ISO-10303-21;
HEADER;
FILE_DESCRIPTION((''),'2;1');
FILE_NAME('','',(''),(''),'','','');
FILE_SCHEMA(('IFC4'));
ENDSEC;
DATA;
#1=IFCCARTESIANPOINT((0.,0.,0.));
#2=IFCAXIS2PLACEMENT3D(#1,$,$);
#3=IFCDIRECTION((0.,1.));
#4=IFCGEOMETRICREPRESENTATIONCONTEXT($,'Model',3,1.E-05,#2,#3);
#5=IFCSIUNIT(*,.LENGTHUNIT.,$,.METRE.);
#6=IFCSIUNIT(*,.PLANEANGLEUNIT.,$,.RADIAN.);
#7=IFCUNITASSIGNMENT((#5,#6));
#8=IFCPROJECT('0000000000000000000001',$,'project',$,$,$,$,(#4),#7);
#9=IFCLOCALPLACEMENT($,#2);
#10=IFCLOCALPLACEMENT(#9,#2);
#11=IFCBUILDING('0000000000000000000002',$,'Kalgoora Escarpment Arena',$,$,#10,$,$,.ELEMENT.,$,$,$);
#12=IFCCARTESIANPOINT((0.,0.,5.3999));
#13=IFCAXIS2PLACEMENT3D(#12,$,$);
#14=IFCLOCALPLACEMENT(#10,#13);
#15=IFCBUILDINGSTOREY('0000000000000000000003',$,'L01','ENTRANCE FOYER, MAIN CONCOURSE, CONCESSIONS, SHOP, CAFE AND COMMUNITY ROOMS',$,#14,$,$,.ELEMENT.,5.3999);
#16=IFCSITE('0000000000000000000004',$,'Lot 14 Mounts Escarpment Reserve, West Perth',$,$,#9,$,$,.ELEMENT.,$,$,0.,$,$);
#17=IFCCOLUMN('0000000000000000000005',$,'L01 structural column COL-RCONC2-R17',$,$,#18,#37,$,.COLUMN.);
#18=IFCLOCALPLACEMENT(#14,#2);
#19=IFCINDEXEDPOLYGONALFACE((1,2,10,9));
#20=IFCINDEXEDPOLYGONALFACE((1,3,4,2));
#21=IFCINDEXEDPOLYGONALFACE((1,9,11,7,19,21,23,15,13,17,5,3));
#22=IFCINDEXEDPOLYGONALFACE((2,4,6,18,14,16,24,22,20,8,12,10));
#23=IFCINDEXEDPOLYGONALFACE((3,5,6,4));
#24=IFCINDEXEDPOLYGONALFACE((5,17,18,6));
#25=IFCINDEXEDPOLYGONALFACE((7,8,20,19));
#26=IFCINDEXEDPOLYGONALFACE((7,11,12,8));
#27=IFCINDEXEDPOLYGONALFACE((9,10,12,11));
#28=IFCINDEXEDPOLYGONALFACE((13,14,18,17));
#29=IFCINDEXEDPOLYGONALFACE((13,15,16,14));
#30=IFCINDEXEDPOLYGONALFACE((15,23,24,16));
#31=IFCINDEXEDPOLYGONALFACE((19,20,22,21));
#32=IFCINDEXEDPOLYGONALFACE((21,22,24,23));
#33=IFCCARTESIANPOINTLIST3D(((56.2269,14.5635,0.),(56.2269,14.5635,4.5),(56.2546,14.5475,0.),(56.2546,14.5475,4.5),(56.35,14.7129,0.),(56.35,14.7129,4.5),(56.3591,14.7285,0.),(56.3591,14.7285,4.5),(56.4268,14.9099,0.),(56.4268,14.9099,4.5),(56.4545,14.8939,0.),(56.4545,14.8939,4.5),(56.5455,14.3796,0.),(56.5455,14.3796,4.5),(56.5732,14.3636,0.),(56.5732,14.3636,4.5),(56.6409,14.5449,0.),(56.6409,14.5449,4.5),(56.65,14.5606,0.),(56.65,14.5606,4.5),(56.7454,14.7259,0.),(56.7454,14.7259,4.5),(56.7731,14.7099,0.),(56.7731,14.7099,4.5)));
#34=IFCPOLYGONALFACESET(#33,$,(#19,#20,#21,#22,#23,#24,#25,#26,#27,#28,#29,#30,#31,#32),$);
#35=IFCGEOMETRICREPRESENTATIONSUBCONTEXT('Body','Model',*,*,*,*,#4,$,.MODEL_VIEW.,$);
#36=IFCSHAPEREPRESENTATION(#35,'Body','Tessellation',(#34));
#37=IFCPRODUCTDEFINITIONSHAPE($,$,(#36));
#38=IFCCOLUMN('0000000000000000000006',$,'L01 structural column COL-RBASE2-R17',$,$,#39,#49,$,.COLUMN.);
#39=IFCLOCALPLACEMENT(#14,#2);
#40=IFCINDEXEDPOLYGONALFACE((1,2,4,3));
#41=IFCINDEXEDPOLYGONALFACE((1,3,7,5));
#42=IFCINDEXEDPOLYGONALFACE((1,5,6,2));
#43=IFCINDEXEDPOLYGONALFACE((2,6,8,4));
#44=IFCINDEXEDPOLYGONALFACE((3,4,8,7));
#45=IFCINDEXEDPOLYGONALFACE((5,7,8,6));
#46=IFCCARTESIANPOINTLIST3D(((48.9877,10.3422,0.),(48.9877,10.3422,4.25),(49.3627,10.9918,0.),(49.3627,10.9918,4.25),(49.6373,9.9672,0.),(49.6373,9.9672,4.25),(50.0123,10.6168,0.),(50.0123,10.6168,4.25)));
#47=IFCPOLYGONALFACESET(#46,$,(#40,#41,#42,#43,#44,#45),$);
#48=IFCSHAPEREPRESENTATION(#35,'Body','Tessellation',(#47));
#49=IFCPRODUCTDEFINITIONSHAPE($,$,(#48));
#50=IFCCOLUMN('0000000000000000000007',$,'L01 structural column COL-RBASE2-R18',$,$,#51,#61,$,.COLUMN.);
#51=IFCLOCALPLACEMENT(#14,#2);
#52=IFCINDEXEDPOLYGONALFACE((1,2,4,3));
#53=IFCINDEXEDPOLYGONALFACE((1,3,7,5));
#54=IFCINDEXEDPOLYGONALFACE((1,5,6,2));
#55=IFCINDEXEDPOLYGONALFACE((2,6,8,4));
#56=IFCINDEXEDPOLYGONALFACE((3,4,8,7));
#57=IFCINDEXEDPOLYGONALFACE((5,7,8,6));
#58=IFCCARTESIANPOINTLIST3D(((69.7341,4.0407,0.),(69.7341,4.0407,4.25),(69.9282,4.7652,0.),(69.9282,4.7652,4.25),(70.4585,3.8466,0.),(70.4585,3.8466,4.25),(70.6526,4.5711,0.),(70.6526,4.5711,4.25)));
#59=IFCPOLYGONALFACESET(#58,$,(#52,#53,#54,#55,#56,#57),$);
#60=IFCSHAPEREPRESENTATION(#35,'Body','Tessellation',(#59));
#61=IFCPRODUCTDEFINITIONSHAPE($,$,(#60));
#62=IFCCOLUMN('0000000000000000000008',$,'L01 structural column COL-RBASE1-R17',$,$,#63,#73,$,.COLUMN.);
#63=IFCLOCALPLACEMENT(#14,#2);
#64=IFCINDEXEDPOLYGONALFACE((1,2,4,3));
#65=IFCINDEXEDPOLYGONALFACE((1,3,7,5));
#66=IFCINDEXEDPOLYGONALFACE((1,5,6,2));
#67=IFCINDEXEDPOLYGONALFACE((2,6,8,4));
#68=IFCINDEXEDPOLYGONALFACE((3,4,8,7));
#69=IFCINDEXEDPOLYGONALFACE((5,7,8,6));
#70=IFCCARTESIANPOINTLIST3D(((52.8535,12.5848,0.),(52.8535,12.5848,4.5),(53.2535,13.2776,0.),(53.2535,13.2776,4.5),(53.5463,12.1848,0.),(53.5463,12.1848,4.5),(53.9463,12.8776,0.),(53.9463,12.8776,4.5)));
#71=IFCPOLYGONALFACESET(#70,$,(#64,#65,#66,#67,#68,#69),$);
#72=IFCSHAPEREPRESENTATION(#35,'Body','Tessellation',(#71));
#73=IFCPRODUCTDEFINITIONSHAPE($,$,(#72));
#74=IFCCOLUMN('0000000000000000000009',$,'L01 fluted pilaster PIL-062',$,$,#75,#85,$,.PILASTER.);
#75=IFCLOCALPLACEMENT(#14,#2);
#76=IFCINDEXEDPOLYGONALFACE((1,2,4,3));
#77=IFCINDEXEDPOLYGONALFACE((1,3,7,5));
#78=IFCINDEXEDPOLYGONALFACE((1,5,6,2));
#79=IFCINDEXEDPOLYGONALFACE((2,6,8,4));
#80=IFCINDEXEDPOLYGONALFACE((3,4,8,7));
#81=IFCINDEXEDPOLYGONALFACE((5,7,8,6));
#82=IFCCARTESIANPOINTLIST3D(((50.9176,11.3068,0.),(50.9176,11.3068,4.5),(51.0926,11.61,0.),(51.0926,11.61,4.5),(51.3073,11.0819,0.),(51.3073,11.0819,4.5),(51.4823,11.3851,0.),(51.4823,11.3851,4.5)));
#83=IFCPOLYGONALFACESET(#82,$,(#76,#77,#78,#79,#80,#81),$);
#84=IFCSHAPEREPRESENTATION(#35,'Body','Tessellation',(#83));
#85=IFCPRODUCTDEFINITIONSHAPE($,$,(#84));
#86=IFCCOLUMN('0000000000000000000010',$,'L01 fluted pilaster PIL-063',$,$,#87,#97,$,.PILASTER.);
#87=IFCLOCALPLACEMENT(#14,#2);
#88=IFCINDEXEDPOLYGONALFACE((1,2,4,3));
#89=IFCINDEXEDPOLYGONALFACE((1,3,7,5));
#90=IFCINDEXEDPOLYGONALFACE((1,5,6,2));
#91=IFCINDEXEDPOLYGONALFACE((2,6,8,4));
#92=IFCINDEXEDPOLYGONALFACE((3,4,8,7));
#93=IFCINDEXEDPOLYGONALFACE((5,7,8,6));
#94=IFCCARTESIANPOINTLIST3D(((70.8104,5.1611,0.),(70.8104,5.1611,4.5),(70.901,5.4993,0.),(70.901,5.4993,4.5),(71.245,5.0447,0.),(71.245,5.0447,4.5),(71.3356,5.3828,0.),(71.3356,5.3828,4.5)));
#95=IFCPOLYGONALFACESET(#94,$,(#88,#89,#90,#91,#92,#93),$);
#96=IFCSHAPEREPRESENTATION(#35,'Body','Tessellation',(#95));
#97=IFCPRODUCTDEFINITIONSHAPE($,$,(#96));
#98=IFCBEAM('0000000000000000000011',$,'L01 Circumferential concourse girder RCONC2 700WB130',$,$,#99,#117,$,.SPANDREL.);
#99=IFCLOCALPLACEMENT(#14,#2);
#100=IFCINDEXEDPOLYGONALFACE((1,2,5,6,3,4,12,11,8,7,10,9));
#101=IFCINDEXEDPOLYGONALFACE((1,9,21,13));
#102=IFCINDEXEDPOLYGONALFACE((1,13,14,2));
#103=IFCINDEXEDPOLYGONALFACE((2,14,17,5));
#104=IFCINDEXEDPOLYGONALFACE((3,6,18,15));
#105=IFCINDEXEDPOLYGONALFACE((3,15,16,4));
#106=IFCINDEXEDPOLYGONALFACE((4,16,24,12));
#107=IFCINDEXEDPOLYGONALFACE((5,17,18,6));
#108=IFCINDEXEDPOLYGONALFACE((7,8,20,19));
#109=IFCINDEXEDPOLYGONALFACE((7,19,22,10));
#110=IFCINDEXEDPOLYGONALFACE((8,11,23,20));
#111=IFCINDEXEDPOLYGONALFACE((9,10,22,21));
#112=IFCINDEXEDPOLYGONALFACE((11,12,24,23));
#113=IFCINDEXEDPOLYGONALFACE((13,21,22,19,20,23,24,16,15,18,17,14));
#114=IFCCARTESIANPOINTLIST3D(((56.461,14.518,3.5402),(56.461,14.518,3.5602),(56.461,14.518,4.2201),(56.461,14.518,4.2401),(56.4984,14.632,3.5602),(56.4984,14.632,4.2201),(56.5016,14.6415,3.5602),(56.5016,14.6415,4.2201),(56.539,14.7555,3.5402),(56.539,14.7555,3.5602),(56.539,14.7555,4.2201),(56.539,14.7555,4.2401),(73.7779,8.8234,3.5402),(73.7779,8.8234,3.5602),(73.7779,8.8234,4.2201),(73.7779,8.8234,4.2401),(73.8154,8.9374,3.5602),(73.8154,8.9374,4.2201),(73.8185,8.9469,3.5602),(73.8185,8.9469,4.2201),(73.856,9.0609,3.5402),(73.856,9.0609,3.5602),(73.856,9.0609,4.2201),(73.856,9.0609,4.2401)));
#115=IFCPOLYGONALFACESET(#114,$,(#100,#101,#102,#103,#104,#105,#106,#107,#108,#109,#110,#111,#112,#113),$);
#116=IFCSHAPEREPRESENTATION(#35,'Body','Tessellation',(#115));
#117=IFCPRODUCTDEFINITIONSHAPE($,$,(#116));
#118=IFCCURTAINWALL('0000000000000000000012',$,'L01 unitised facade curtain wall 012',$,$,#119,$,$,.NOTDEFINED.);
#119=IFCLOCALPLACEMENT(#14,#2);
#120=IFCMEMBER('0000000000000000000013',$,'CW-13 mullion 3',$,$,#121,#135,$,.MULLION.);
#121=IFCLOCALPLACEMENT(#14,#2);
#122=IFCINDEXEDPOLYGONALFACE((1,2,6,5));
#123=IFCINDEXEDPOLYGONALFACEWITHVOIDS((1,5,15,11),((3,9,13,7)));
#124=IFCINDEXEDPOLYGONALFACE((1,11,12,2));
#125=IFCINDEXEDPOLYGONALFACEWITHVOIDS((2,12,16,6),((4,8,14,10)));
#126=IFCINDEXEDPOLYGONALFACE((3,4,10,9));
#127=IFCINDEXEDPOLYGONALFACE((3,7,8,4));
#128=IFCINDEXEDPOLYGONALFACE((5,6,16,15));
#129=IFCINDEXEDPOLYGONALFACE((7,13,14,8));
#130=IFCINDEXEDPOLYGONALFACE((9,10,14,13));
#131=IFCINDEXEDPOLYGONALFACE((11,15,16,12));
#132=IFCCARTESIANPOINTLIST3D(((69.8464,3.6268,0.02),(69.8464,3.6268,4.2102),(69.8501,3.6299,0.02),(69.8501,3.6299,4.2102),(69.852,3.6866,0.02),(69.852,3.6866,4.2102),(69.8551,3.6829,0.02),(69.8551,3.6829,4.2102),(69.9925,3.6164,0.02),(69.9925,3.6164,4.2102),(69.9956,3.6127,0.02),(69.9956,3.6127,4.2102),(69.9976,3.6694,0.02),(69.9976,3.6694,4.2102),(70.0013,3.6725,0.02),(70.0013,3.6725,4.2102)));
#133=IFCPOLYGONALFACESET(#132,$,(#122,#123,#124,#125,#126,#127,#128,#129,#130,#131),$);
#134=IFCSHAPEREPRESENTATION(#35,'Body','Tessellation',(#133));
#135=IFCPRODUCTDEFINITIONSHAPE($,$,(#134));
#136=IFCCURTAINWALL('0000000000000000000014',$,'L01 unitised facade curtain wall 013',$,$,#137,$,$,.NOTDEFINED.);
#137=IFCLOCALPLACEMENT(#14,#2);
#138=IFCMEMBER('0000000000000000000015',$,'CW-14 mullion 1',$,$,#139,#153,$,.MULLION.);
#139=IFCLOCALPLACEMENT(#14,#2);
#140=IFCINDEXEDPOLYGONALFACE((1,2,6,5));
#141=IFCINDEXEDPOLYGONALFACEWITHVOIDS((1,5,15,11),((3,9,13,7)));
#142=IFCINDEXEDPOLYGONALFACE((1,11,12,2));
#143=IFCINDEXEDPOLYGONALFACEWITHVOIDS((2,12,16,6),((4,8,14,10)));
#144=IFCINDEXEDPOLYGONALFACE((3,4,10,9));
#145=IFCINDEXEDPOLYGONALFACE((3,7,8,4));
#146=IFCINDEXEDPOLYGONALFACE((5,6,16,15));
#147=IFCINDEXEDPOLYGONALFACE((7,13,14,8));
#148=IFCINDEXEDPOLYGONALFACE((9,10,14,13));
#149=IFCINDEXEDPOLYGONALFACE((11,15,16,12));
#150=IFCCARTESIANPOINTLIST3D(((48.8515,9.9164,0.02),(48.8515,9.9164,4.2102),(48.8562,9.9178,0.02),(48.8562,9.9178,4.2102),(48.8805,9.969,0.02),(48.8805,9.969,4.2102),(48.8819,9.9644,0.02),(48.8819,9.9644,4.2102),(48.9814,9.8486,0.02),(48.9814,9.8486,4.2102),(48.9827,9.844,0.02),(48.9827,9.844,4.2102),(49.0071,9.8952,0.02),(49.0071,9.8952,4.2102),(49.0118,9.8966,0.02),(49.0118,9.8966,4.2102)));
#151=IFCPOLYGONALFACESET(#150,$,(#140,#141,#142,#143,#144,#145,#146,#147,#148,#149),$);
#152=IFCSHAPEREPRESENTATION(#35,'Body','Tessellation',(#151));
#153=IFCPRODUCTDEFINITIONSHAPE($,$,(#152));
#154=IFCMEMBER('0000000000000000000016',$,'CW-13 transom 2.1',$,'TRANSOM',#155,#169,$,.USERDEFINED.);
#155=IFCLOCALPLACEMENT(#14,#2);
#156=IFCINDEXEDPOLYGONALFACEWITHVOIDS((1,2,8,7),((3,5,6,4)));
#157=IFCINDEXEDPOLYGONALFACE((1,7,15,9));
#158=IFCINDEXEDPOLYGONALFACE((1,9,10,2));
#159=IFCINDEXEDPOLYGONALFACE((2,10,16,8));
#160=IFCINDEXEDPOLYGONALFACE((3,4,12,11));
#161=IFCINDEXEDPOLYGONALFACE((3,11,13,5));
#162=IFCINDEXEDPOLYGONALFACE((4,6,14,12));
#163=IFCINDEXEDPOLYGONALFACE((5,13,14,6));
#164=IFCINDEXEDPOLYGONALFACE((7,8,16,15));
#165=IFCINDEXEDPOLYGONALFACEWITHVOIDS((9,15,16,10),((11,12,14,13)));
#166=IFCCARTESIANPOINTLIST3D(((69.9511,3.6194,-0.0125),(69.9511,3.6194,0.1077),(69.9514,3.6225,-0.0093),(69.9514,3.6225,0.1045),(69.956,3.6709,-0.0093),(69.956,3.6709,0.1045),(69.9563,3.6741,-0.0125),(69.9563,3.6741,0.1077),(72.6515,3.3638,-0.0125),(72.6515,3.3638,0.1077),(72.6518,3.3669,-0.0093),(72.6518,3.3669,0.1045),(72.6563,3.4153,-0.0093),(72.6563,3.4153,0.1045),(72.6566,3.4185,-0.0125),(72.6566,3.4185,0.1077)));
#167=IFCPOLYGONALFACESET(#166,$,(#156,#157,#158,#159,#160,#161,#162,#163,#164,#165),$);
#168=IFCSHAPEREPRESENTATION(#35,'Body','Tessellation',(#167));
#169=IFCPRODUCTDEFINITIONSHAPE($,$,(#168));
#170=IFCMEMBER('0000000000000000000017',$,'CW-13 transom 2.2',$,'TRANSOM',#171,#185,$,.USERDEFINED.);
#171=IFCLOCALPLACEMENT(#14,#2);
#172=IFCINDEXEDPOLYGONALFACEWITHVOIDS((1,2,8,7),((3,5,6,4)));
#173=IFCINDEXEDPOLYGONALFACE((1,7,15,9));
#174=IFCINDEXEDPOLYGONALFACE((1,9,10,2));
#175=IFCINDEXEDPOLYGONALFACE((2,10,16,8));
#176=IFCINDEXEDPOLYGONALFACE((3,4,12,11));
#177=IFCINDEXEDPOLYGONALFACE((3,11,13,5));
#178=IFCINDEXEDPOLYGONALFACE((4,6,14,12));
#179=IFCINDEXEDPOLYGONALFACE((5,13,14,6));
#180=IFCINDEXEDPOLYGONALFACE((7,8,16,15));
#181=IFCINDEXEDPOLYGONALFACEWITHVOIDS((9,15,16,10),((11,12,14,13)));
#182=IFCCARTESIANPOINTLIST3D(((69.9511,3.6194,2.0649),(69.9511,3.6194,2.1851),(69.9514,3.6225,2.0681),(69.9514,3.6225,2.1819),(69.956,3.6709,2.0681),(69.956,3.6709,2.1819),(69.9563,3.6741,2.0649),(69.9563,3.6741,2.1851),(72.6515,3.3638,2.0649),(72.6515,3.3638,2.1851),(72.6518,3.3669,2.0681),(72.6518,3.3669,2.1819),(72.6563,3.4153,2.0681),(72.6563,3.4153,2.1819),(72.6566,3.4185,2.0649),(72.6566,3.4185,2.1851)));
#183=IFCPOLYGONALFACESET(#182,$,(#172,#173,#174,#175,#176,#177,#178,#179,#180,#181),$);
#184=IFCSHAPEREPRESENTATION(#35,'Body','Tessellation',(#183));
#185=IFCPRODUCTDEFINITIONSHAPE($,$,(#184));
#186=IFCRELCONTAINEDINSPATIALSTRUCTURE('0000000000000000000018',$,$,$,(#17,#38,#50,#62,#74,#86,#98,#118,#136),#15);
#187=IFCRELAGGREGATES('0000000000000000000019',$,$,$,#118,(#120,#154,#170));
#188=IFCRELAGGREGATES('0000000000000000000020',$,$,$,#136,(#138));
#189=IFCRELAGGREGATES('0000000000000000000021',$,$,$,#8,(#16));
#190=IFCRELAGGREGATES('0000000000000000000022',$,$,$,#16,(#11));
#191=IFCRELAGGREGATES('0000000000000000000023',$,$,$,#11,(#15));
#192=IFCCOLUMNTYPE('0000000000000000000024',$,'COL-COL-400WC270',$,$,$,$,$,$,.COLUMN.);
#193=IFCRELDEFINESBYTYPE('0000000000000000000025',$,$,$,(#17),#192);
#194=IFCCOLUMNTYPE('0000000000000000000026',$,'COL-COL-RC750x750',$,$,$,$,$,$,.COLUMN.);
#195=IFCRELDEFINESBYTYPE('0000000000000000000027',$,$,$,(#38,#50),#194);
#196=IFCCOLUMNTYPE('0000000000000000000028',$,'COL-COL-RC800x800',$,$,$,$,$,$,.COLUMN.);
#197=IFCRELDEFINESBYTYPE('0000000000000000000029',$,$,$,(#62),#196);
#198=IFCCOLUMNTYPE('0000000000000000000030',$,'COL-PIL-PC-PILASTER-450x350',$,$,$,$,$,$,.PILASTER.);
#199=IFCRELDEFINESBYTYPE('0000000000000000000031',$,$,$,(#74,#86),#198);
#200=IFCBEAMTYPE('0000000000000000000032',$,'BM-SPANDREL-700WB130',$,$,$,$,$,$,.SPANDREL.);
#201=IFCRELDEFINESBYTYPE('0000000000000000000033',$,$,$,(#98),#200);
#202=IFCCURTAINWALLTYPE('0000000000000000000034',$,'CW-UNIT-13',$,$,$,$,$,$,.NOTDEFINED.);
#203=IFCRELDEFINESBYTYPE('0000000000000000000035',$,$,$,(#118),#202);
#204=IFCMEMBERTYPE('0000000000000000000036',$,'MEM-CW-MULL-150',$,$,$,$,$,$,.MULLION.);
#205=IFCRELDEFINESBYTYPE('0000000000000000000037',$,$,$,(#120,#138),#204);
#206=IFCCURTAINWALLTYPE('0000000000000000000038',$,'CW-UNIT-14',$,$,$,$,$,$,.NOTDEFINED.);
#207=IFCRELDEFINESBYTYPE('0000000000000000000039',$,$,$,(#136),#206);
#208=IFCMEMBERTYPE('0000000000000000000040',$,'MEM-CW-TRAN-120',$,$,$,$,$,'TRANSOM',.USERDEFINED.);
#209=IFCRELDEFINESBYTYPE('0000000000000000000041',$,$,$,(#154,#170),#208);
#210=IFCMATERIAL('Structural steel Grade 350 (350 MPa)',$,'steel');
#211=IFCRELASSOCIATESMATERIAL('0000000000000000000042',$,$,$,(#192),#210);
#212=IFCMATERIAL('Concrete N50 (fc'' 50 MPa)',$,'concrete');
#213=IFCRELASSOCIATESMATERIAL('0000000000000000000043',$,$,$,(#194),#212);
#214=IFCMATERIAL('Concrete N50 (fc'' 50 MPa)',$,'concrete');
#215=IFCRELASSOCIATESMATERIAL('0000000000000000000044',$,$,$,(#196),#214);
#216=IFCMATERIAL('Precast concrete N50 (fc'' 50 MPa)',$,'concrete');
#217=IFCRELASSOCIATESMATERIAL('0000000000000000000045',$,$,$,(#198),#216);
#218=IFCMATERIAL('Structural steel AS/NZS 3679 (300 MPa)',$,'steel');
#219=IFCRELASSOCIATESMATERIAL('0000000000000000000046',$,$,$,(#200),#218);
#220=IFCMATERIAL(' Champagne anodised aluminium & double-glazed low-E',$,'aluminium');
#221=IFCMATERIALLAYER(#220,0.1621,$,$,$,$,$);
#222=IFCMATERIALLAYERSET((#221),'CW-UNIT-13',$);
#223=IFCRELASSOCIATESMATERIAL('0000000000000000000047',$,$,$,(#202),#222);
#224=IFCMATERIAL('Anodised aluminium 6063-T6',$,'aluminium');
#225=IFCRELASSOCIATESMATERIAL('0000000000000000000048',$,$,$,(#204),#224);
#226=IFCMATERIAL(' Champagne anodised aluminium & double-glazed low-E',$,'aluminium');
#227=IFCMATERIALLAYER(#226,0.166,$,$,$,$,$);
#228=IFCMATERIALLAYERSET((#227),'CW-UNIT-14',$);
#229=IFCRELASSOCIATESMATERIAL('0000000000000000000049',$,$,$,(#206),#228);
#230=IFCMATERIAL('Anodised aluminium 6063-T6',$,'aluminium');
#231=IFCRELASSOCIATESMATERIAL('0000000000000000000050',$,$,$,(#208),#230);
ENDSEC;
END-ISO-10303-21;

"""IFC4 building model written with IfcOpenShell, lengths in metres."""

from ifc_helpers import new_model, si_unit, direction, frame, origin, origin_2d, place, context, subcontext, project, spatial, rectangle, hollow_rectangle, i_section, extrude, material, layer, layer_set, material_profile, profile_set, type_object, element, aggregate, save


model = new_model("IFC4")

# Units and contexts
model_context = context("Model", 3, precision=1e-05, world=origin(), true_north=direction((0.0, 1.0)))
body_context = subcontext(model_context, "Body", "Model", "MODEL_VIEW")
ifc_project = project(units=[si_unit("LENGTHUNIT", "METRE"), si_unit("PLANEANGLEUNIT", "RADIAN")], contexts=[model_context])

# Site, building, storey
site_placement = place(None, origin())
site = spatial("IfcSite", under=ifc_project, at=site_placement, Name="Lot 14 Mounts Escarpment Reserve, West Perth", CompositionType="ELEMENT", RefElevation=0.0)
building_placement = place(site_placement, origin())
building = spatial("IfcBuilding", under=site, at=building_placement, Name="Kalgoora Escarpment Arena", CompositionType="ELEMENT")
storey_placement = place(building_placement, frame((0.0, 0.0, 5.3999)))
storey = spatial("IfcBuildingStorey", under=building, at=storey_placement, Name="L01", Description="ENTRANCE FOYER, MAIN CONCOURSE, CONCESSIONS, SHOP, CAFE AND COMMUNITY ROOMS", CompositionType="ELEMENT", Elevation=5.3999)

# Columns
ifc_material_1 = material(Name="Structural steel Grade 350 (350 MPa)", Category="steel")
ifc_material_profile_1 = material_profile(ifc_material_1, i_section(OverallWidth=0.3999, OverallDepth=0.3999, WebThickness=0.0181, FlangeThickness=0.032, at=origin_2d()))
ifc_profile_set_1 = profile_set([ifc_material_profile_1], Name="Structural steel Grade 350 (350 MPa)")
column_type_1 = type_object("IfcColumnType", Name="COL-COL-400WC270", PredefinedType="COLUMN", material=ifc_profile_set_1)
column_1_placement = place(storey_placement, frame((56.5, 14.6367, 0.0), z_axis=(0.0, 0.0, 1.0), x_axis=(-0.5, -0.866025, 0.0)))
element("IfcColumn", 1, at=column_1_placement, inside=storey, type_object=column_type_1, Name="L01 structural column COL-RCONC2-R17", PredefinedType="COLUMN", context=body_context, shape_type="SweptSolid", body=[
    extrude(i_section(OverallWidth=0.3999, OverallDepth=0.3999, WebThickness=0.0181, FlangeThickness=0.032, at=origin_2d()), origin(), (0.0, 0.0, 1.0), 4.5),
])
ifc_material_2 = material(Name="Concrete N50 (fc' 50 MPa)", Category="concrete")
ifc_material_profile_2 = material_profile(ifc_material_2, rectangle(XDim=0.75, YDim=0.75, at=origin_2d()))
ifc_profile_set_2 = profile_set([ifc_material_profile_2], Name="Concrete N50 (fc' 50 MPa)")
column_type_2 = type_object("IfcColumnType", Name="COL-COL-RC750x750", PredefinedType="COLUMN", material=ifc_profile_set_2)
for number, where, z_axis, x_axis, name in (
    (2, (49.5, 10.4795, 0.0), (0.0, 0.0, 1.0), (-0.5, -0.866025, 0.0), "L01 structural column COL-RBASE2-R17"),
    (3, (70.1934, 4.3059, 0.0), (0.0, 0.0, 1.0), (-0.258819, -0.965926, 0.0), "L01 structural column COL-RBASE2-R18"),
):
    element("IfcColumn", number, at=place(storey_placement, frame(where, z_axis=z_axis, x_axis=x_axis)), inside=storey, type_object=column_type_2, Name=name, PredefinedType="COLUMN", context=body_context, shape_type="SweptSolid", body=[
        extrude(rectangle(XDim=0.75, YDim=0.75, at=origin_2d()), origin(), (0.0, 0.0, 1.0), 4.25),
    ])
ifc_material_3 = material(Name="Concrete N50 (fc' 50 MPa)", Category="concrete")
ifc_material_profile_3 = material_profile(ifc_material_3, rectangle(XDim=0.8, YDim=0.8, at=origin_2d()))
ifc_profile_set_3 = profile_set([ifc_material_profile_3], Name="Concrete N50 (fc' 50 MPa)")
column_type_3 = type_object("IfcColumnType", Name="COL-COL-RC800x800", PredefinedType="COLUMN", material=ifc_profile_set_3)
column_2_placement = place(storey_placement, frame((53.3999, 12.7312, 0.0), z_axis=(0.0, 0.0, 1.0), x_axis=(-0.5, -0.866025, 0.0)))
element("IfcColumn", 4, at=column_2_placement, inside=storey, type_object=column_type_3, Name="L01 structural column COL-RBASE1-R17", PredefinedType="COLUMN", context=body_context, shape_type="SweptSolid", body=[
    extrude(rectangle(XDim=0.8, YDim=0.8, at=origin_2d()), origin(), (0.0, 0.0, 1.0), 4.5),
])
ifc_material_4 = material(Name="Precast concrete N50 (fc' 50 MPa)", Category="concrete")
ifc_material_profile_4 = material_profile(ifc_material_4, rectangle(XDim=0.3501, YDim=0.45, at=origin_2d()))
ifc_profile_set_4 = profile_set([ifc_material_profile_4], Name="Precast concrete N50 (fc' 50 MPa)")
column_type_4 = type_object("IfcColumnType", Name="COL-PIL-PC-PILASTER-450x350", PredefinedType="PILASTER", material=ifc_profile_set_4)
for number, where, z_axis, x_axis, name in (
    (5, (51.2, 11.3459, 0.0), (0.0, 0.0, 1.0), (-0.5, -0.866025, 0.0), "L01 fluted pilaster PIL-062"),
    (6, (71.073, 5.272, 0.0), (0.0, 0.0, 1.0), (-0.258819, -0.965926, 0.0), "L01 fluted pilaster PIL-063"),
):
    element("IfcColumn", number, at=place(storey_placement, frame(where, z_axis=z_axis, x_axis=x_axis)), inside=storey, type_object=column_type_4, Name=name, PredefinedType="PILASTER", context=body_context, shape_type="SweptSolid", body=[
        extrude(rectangle(XDim=0.3501, YDim=0.45, at=origin_2d()), origin(), (0.0, 0.0, 1.0), 4.5),
    ])

# Beam
ifc_material_5 = material(Name="Structural steel AS/NZS 3679 (300 MPa)", Category="steel")
ifc_material_profile_5 = material_profile(ifc_material_5, i_section(OverallWidth=0.25, OverallDepth=0.7, WebThickness=0.01, FlangeThickness=0.02, at=origin_2d()))
ifc_profile_set_5 = profile_set([ifc_material_profile_5], Name="Structural steel AS/NZS 3679 (300 MPa)")
beam_type = type_object("IfcBeamType", Name="BM-SPANDREL-700WB130", PredefinedType="SPANDREL", material=ifc_profile_set_5)
beam_placement = place(storey_placement, frame((56.5, 14.6367, 3.8901), z_axis=(0.949955, -0.312388, 0.0), x_axis=(0.312388, 0.949955, 0.0)))
element("IfcBeam", 7, at=beam_placement, inside=storey, type_object=beam_type, Name="L01 Circumferential concourse girder RCONC2 700WB130", PredefinedType="SPANDREL", context=body_context, shape_type="SweptSolid", body=[
    extrude(i_section(OverallWidth=0.25, OverallDepth=0.7, WebThickness=0.01, FlangeThickness=0.02, at=origin_2d()), origin(), (0.0, 0.0, 1.0), 18.2292),
])

# Curtain walls, members
ifc_material_6 = material(Name=" Champagne anodised aluminium & double-glazed low-E", Category="aluminium")
ifc_layer_1 = layer(ifc_material_6, 0.1621)
ifc_layer_set_1 = layer_set([ifc_layer_1], Name="CW-UNIT-13")
curtain_wall_type_1 = type_object("IfcCurtainWallType", Name="CW-UNIT-13", PredefinedType="NOTDEFINED", material=ifc_layer_set_1)
curtain_wall_1_placement = place(storey_placement, origin())
curtain_wall_1 = element("IfcCurtainWall", 8, at=curtain_wall_1_placement, inside=storey, type_object=curtain_wall_type_1, Name="L01 unitised facade curtain wall 012", PredefinedType="NOTDEFINED")
ifc_material_7 = material(Name="Anodised aluminium 6063-T6", Category="aluminium")
ifc_material_profile_6 = material_profile(ifc_material_7, hollow_rectangle(XDim=0.0601, YDim=0.1499, WallThickness=0.0034, at=origin_2d()))
ifc_profile_set_6 = profile_set([ifc_material_profile_6], Name="Anodised aluminium 6063-T6")
member_type_1 = type_object("IfcMemberType", Name="MEM-CW-MULL-150", PredefinedType="MULLION", material=ifc_profile_set_6)
member_1_placement = place(storey_placement, frame((69.9238, 3.6497, 0.02), z_axis=(0.0, 0.0, 1.0), x_axis=(-0.094316, -0.995542, 0.0)))
member_1 = element("IfcMember", 9, at=member_1_placement, type_object=member_type_1, Name="CW-13 mullion 3", PredefinedType="MULLION", context=body_context, shape_type="SweptSolid", body=[
    extrude(hollow_rectangle(XDim=0.0601, YDim=0.1499, WallThickness=0.0034, at=origin_2d()), origin(), (0.0, 0.0, 1.0), 4.1902),
])
ifc_material_8 = material(Name=" Champagne anodised aluminium & double-glazed low-E", Category="aluminium")
ifc_layer_2 = layer(ifc_material_8, 0.166)
ifc_layer_set_2 = layer_set([ifc_layer_2], Name="CW-UNIT-14")
curtain_wall_type_2 = type_object("IfcCurtainWallType", Name="CW-UNIT-14", PredefinedType="NOTDEFINED", material=ifc_layer_set_2)
curtain_wall_2_placement = place(storey_placement, origin())
curtain_wall_2 = element("IfcCurtainWall", 10, at=curtain_wall_2_placement, inside=storey, type_object=curtain_wall_type_2, Name="L01 unitised facade curtain wall 013", PredefinedType="NOTDEFINED")
member_2_placement = place(storey_placement, frame((48.9316, 9.9065, 0.02), z_axis=(0.0, 0.0, 1.0), x_axis=(-0.483343, -0.875431, 0.0)))
member_2 = element("IfcMember", 11, at=member_2_placement, type_object=member_type_1, Name="CW-14 mullion 1", PredefinedType="MULLION", context=body_context, shape_type="SweptSolid", body=[
    extrude(hollow_rectangle(XDim=0.0601, YDim=0.1499, WallThickness=0.0034, at=origin_2d()), origin(), (0.0, 0.0, 1.0), 4.1902),
])

# Members
ifc_material_9 = material(Name="Anodised aluminium 6063-T6", Category="aluminium")
ifc_material_profile_7 = material_profile(ifc_material_9, hollow_rectangle(XDim=0.0549, YDim=0.1201, WallThickness=0.0032, at=origin_2d()))
ifc_profile_set_7 = profile_set([ifc_material_profile_7], Name="Anodised aluminium 6063-T6")
member_type_2 = type_object("IfcMemberType", Name="MEM-CW-TRAN-120", ElementType="TRANSOM", PredefinedType="USERDEFINED", material=ifc_profile_set_7)
member_3_placement = place(storey_placement, frame((72.6541, 3.3911, 0.0476), z_axis=(-0.99555, 0.094236, 0.0), x_axis=(-0.094236, -0.99555, 0.0)))
member_3 = element("IfcMember", 12, at=member_3_placement, type_object=member_type_2, Name="CW-13 transom 2.1", ObjectType="TRANSOM", PredefinedType="USERDEFINED", context=body_context, shape_type="SweptSolid", body=[
    extrude(hollow_rectangle(XDim=0.0549, YDim=0.1201, WallThickness=0.0032, at=origin_2d()), origin(), (0.0, 0.0, 1.0), 2.7124),
])
member_4_placement = place(storey_placement, frame((72.6541, 3.3911, 2.125), z_axis=(-0.99555, 0.094236, 0.0), x_axis=(-0.094236, -0.99555, 0.0)))
member_4 = element("IfcMember", 13, at=member_4_placement, type_object=member_type_2, Name="CW-13 transom 2.2", ObjectType="TRANSOM", PredefinedType="USERDEFINED", context=body_context, shape_type="SweptSolid", body=[
    extrude(hollow_rectangle(XDim=0.0549, YDim=0.1201, WallThickness=0.0032, at=origin_2d()), origin(), (0.0, 0.0, 1.0), 2.7124),
])

aggregate(curtain_wall_1, [member_1, member_3, member_4])
aggregate(curtain_wall_2, [member_2])

save(model, "model.ifc")
